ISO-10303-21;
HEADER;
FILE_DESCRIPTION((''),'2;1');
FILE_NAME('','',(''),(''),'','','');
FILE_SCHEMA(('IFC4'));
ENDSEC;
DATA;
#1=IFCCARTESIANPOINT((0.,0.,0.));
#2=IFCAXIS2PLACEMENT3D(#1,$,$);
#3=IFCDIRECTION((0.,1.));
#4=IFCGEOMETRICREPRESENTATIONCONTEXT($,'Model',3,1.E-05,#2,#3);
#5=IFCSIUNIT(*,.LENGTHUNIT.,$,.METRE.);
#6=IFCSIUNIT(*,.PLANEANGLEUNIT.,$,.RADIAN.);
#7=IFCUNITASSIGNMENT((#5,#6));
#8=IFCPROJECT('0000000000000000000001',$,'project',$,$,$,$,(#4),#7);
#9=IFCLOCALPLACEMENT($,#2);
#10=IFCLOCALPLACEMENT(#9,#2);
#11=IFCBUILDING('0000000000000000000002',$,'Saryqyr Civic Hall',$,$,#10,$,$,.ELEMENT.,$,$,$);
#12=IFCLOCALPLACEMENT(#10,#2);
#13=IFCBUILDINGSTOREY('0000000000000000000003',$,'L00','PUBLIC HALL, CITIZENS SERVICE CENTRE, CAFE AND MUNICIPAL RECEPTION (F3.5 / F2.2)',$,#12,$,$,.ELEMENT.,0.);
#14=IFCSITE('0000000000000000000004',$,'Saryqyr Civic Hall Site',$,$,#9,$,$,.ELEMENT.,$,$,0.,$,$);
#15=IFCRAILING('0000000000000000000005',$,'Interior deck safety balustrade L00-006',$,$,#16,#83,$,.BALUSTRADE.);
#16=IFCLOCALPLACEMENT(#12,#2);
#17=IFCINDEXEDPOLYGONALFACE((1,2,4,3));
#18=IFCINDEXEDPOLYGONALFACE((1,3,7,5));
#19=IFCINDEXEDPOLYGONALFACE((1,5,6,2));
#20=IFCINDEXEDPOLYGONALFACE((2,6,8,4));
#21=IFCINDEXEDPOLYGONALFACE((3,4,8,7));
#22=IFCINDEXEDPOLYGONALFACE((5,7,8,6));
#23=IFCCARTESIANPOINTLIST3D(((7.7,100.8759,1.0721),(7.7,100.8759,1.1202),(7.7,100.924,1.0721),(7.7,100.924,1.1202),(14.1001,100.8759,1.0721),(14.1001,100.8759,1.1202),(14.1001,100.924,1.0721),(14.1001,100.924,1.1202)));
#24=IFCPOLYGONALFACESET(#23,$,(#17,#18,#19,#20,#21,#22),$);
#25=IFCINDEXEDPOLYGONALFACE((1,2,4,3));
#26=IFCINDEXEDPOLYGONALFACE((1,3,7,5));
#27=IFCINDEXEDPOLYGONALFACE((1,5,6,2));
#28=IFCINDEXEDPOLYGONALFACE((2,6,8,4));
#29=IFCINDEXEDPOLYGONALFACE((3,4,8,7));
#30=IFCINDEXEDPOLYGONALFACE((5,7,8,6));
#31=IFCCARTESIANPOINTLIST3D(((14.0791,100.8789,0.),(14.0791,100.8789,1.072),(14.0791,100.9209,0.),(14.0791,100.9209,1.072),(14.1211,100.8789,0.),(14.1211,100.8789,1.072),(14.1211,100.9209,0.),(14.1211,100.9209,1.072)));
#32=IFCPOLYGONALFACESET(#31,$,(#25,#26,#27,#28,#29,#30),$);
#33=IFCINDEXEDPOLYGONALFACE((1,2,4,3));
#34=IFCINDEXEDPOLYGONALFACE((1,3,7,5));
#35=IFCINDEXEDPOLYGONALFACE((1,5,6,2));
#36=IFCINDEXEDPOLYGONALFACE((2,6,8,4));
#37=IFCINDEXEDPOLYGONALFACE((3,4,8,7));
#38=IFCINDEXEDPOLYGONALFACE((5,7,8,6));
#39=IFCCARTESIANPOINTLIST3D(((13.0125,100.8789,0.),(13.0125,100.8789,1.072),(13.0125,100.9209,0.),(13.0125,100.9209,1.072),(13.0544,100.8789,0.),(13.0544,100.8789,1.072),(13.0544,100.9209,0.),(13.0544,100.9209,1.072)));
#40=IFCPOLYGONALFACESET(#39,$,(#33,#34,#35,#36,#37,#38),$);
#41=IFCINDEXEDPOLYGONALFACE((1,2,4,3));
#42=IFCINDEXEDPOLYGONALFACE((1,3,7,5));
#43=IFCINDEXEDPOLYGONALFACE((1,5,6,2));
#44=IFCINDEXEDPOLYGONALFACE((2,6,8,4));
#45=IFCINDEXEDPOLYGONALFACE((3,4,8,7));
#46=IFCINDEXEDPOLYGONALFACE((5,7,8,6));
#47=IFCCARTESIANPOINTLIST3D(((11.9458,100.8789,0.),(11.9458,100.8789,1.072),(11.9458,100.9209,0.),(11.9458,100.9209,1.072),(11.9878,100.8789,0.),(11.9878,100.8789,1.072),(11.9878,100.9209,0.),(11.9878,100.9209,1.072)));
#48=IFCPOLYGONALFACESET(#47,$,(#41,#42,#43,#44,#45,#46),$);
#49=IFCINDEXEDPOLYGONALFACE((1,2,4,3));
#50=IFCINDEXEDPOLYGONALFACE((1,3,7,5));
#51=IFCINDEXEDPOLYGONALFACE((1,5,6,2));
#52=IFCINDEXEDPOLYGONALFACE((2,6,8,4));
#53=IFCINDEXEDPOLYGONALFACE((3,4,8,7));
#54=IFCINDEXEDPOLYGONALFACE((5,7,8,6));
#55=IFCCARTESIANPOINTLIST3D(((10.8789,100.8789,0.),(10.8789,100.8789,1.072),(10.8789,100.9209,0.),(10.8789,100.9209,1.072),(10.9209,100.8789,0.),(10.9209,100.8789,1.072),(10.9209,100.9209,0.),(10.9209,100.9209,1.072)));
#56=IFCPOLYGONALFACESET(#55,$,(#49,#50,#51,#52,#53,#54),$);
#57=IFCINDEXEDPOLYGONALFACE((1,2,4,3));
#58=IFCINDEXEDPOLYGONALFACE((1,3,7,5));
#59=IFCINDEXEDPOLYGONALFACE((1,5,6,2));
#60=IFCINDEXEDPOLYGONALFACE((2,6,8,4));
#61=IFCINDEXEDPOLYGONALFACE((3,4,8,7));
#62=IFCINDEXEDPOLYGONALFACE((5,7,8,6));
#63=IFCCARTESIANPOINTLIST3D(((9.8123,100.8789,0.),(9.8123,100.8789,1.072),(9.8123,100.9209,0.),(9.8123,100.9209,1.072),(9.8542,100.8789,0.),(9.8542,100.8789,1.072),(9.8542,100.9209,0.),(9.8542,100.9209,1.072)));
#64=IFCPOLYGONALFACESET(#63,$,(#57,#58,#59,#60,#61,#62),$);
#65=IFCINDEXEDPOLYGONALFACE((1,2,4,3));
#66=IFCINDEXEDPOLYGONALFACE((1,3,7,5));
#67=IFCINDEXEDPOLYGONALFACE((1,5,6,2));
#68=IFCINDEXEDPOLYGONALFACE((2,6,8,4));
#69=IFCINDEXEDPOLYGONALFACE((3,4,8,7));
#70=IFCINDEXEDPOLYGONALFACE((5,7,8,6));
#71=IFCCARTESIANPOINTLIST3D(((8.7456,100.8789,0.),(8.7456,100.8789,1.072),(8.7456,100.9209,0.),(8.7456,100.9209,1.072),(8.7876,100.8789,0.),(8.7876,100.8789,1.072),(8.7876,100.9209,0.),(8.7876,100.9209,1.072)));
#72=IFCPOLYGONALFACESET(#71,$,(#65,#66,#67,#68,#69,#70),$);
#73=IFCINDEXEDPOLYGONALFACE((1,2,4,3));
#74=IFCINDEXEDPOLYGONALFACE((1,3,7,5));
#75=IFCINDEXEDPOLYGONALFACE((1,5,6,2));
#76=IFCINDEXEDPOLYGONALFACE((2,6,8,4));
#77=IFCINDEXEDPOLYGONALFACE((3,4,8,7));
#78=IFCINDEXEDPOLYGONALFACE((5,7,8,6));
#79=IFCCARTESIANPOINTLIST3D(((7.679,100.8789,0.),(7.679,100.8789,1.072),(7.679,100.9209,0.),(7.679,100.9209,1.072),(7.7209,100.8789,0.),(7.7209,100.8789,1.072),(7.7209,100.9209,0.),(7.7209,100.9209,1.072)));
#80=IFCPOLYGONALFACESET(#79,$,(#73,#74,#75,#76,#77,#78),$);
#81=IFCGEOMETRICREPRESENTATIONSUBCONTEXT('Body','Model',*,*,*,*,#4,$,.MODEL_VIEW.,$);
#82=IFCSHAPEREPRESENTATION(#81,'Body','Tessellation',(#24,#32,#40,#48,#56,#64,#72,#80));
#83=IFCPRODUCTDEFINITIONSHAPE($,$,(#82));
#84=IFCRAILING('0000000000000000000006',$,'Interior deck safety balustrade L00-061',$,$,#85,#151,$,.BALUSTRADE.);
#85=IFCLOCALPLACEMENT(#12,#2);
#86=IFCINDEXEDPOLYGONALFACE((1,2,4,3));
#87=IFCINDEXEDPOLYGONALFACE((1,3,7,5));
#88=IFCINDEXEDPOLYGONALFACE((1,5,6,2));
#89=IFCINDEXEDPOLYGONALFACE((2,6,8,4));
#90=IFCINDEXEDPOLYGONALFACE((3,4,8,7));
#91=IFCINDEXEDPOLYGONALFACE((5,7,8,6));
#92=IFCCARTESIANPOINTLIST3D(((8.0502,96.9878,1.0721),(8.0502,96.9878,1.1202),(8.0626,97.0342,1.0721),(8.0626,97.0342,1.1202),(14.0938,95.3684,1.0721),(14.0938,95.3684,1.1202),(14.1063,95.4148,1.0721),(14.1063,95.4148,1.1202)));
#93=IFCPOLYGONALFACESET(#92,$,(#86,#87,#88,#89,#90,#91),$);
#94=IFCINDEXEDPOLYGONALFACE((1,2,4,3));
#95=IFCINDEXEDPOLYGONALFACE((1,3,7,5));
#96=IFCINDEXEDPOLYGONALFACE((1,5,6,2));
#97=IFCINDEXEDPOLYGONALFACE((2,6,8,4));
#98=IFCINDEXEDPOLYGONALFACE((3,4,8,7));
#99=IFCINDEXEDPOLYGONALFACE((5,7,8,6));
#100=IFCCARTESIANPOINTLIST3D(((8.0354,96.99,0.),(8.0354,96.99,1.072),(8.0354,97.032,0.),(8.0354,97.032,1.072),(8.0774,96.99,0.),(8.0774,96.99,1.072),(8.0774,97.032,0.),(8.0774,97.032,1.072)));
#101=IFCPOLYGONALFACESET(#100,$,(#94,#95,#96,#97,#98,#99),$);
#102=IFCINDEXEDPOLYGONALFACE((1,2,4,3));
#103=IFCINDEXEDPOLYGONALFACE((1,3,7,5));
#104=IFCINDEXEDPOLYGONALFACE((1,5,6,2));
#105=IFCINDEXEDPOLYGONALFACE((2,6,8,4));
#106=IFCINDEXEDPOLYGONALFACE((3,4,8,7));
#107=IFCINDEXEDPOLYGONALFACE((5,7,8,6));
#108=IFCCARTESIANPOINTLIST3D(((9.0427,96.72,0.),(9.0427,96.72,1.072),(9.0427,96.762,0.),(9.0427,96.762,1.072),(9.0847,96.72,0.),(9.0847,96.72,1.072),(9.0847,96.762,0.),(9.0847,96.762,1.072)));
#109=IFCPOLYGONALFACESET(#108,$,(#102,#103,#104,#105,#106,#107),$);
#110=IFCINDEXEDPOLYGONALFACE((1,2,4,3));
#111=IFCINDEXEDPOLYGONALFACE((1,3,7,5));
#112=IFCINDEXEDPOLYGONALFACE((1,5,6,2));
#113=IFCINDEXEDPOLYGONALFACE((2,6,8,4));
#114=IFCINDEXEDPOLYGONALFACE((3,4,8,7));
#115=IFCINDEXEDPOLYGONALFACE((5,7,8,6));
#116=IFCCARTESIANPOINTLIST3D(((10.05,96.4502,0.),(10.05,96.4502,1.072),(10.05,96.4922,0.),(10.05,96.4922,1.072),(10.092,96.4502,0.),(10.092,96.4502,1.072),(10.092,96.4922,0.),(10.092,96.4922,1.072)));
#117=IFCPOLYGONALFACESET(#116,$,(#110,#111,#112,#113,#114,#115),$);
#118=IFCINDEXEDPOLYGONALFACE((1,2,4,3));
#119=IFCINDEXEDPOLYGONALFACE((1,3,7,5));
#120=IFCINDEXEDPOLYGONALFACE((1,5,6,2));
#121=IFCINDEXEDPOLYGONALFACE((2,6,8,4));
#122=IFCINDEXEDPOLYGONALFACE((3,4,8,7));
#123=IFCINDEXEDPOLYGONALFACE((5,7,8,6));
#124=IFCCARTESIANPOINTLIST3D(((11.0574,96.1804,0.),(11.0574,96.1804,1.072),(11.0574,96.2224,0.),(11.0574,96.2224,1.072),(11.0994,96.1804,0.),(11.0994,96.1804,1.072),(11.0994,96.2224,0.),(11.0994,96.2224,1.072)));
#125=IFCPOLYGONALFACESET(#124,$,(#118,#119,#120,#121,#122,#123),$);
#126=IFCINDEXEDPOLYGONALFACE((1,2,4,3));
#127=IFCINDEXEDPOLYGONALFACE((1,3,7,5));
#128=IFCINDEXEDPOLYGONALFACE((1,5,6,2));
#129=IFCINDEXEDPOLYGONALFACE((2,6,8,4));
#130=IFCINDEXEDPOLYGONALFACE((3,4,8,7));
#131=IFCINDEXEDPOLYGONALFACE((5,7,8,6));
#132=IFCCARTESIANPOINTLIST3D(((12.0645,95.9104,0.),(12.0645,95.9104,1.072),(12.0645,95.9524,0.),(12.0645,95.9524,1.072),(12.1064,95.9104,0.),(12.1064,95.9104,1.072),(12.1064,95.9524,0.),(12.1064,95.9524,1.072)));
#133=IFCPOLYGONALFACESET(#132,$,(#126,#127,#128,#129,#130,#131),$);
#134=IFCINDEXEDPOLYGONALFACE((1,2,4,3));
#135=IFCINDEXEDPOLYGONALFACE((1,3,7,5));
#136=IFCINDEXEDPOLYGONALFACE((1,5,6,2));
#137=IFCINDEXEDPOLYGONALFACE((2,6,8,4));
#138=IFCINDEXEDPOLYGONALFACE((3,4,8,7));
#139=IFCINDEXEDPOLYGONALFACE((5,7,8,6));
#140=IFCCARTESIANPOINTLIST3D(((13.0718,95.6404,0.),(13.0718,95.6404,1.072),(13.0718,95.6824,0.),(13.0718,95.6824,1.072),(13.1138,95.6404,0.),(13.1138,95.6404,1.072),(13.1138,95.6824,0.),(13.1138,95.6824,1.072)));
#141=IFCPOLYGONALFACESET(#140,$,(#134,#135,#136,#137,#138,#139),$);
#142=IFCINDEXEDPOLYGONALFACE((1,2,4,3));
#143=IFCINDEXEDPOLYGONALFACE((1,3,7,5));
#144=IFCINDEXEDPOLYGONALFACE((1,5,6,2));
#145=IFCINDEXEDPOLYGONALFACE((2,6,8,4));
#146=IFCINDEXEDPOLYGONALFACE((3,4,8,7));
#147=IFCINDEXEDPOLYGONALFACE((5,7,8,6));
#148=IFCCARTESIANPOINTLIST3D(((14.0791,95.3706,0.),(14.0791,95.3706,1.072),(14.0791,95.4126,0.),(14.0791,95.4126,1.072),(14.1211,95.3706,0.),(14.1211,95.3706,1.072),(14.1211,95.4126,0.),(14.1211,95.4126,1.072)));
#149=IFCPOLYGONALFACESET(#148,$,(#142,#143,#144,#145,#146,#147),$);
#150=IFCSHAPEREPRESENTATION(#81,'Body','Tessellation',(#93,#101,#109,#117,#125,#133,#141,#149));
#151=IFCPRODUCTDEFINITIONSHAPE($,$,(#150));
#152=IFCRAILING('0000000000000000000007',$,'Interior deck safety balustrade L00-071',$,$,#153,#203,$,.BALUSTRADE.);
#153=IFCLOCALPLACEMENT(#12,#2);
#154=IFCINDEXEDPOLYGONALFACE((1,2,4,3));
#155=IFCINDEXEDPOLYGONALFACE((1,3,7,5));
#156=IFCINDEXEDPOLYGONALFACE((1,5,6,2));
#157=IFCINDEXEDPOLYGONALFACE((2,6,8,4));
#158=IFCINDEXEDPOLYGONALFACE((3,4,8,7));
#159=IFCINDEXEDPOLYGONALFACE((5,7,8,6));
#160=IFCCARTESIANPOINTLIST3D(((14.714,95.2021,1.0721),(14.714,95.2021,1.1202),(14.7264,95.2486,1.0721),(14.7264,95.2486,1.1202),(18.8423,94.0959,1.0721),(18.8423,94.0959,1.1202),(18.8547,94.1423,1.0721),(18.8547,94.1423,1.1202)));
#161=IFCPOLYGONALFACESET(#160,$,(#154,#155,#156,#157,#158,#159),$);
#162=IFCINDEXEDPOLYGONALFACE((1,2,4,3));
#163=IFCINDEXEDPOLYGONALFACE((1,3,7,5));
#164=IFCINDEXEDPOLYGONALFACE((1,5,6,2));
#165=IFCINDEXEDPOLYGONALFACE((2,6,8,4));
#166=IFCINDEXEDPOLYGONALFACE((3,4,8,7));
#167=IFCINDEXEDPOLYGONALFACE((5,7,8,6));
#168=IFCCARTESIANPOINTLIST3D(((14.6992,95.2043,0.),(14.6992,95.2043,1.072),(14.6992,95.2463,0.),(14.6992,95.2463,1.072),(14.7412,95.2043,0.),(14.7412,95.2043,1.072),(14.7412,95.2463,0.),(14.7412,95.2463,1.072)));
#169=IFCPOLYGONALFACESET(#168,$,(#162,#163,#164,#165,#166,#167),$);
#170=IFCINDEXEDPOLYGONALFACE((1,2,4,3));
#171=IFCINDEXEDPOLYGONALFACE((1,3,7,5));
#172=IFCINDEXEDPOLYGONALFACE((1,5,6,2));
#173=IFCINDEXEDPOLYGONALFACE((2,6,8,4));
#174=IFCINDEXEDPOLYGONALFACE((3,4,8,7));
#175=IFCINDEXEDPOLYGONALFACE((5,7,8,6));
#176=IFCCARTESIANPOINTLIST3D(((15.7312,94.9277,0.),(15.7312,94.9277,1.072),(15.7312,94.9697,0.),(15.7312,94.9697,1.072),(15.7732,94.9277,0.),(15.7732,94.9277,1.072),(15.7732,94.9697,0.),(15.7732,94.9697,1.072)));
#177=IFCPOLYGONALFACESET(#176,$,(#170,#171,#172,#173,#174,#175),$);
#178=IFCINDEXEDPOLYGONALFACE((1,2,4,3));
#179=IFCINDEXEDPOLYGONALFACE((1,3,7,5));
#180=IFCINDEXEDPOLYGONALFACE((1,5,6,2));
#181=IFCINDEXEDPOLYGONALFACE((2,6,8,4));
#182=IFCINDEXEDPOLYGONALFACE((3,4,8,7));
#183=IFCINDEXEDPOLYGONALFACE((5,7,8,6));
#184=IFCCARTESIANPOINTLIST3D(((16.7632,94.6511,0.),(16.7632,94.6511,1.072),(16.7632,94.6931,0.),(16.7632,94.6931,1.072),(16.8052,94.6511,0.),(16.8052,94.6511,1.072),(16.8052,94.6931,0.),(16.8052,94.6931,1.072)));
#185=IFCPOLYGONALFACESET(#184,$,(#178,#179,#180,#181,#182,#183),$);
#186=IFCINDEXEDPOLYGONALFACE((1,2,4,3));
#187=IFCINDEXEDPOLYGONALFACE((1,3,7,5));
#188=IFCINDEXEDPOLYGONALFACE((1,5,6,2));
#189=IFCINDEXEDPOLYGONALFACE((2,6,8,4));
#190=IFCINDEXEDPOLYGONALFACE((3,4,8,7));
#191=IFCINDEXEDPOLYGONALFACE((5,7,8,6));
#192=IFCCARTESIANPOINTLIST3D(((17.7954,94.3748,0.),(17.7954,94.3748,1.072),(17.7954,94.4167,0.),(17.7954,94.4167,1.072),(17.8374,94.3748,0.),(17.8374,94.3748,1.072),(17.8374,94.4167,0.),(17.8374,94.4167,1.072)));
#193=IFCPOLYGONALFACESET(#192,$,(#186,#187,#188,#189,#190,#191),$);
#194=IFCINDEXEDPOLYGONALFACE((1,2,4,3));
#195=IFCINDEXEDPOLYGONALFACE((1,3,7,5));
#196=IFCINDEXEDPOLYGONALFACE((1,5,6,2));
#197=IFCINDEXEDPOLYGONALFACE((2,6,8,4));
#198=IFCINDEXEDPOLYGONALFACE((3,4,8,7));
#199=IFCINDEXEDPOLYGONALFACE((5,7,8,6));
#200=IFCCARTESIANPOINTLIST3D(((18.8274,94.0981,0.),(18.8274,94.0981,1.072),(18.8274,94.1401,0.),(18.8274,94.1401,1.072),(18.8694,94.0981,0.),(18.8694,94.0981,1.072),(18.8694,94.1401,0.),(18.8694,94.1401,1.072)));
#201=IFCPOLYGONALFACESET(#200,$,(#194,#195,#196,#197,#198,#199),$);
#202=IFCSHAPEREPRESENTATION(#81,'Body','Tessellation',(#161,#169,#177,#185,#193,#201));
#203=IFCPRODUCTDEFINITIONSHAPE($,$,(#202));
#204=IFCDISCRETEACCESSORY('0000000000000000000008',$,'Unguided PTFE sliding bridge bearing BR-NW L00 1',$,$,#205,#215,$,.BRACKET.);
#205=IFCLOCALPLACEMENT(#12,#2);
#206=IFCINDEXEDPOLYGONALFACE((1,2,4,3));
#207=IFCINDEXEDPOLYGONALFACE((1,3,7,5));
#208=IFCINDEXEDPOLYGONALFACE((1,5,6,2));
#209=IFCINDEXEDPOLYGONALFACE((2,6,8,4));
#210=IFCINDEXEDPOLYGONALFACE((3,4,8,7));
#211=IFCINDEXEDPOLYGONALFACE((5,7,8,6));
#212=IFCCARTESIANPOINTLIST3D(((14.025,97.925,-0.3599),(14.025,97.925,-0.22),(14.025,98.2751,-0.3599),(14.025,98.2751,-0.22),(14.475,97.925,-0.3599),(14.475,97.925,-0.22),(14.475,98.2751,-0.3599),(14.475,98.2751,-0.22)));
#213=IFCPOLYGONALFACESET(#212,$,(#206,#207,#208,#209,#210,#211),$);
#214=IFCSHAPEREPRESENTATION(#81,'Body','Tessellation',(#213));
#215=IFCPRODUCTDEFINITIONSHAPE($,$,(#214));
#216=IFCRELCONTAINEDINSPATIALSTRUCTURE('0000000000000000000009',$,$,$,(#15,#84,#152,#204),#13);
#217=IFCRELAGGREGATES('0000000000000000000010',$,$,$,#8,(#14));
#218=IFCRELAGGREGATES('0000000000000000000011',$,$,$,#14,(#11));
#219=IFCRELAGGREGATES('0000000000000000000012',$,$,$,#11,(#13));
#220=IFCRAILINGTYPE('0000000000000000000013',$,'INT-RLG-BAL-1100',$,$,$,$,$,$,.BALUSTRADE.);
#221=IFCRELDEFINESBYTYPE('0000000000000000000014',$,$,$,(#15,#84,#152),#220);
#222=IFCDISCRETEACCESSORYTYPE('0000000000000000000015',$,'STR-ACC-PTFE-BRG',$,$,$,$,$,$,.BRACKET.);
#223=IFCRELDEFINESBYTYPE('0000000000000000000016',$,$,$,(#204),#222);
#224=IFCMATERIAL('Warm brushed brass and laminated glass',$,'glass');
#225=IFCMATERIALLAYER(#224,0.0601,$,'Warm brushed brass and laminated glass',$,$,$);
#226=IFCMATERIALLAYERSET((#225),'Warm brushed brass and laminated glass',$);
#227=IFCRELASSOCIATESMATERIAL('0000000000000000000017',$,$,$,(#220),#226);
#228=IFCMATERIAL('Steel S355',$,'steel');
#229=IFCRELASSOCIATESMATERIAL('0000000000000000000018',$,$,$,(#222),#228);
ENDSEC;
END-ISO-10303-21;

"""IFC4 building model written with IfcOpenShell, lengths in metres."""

from ifc_helpers import new_model, si_unit, direction, frame, origin, origin_2d, place, context, subcontext, project, spatial, rectangle, extrude, material, layer, layer_set, type_object, element, save


model = new_model("IFC4")

# Units and contexts
model_context = context("Model", 3, precision=1e-05, world=origin(), true_north=direction((0.0, 1.0)))
body_context = subcontext(model_context, "Body", "Model", "MODEL_VIEW")
ifc_project = project(units=[si_unit("LENGTHUNIT", "METRE"), si_unit("PLANEANGLEUNIT", "RADIAN")], contexts=[model_context])

# Site, building, storey
site_placement = place(None, origin())
site = spatial("IfcSite", under=ifc_project, at=site_placement, Name="Saryqyr Civic Hall Site", CompositionType="ELEMENT", RefElevation=0.0)
building_placement = place(site_placement, origin())
building = spatial("IfcBuilding", under=site, at=building_placement, Name="Saryqyr Civic Hall", CompositionType="ELEMENT")
storey_placement = place(building_placement, origin())
storey = spatial("IfcBuildingStorey", under=building, at=storey_placement, Name="L00", Description="PUBLIC HALL, CITIZENS SERVICE CENTRE, CAFE AND MUNICIPAL RECEPTION (F3.5 / F2.2)", CompositionType="ELEMENT", Elevation=0.0)

# Shared definitions
ifc_material_1 = material(Name="Steel S355", Category="steel")

# Railings
ifc_material_2 = material(Name="Warm brushed brass and laminated glass", Category="glass")
ifc_layer_1 = layer(ifc_material_2, 0.0601, Name="Warm brushed brass and laminated glass")
ifc_layer_set_1 = layer_set([ifc_layer_1], Name="Warm brushed brass and laminated glass")
railing_type = type_object("IfcRailingType", Name="INT-RLG-BAL-1100", PredefinedType="BALUSTRADE", material=ifc_layer_set_1)
railing_1_placement = place(storey_placement, frame((14.1001, 100.8999, 0.0)))
element("IfcRailing", 1, at=railing_1_placement, inside=storey, type_object=railing_type, Name="Interior deck safety balustrade L00-006", PredefinedType="BALUSTRADE", context=body_context, shape_type="SweptSolid", body=[
    extrude(rectangle(XDim=0.0481, YDim=0.0481, at=origin_2d()), frame((0.0, 0.0, 1.0962), z_axis=(-1.0, 0.0, 0.0), x_axis=(0.0, -1.0, 0.0)), (0.0, 0.0, 1.0), 6.4001),
    extrude(rectangle(XDim=0.042, YDim=0.042, at=origin_2d()), origin(), (0.0, 0.0, 1.0), 1.072),
    extrude(rectangle(XDim=0.042, YDim=0.042, at=origin_2d()), frame((-1.0667, 0.0, 0.0)), (0.0, 0.0, 1.0), 1.072),
    extrude(rectangle(XDim=0.042, YDim=0.042, at=origin_2d()), frame((-2.1333, 0.0, 0.0)), (0.0, 0.0, 1.0), 1.072),
    extrude(rectangle(XDim=0.042, YDim=0.042, at=origin_2d()), frame((-3.2002, 0.0, 0.0)), (0.0, 0.0, 1.0), 1.072),
    extrude(rectangle(XDim=0.042, YDim=0.042, at=origin_2d()), frame((-4.2668, 0.0, 0.0)), (0.0, 0.0, 1.0), 1.072),
    extrude(rectangle(XDim=0.042, YDim=0.042, at=origin_2d()), frame((-5.3335, 0.0, 0.0)), (0.0, 0.0, 1.0), 1.072),
    extrude(rectangle(XDim=0.042, YDim=0.042, at=origin_2d()), frame((-6.4001, 0.0, 0.0)), (0.0, 0.0, 1.0), 1.072),
])
railing_2_placement = place(storey_placement, frame((8.0564, 97.011, 0.0)))
element("IfcRailing", 2, at=railing_2_placement, inside=storey, type_object=railing_type, Name="Interior deck safety balustrade L00-061", PredefinedType="BALUSTRADE", context=body_context, shape_type="SweptSolid", body=[
    extrude(rectangle(XDim=0.0481, YDim=0.0481, at=origin_2d()), frame((0.0, 0.0, 1.0962), z_axis=(0.965927, -0.258816, 0.0), x_axis=(0.258816, 0.965927, 0.0)), (0.0, 0.0, 1.0), 6.2568),
    extrude(rectangle(XDim=0.042, YDim=0.042, at=origin_2d()), origin(), (0.0, 0.0, 1.0), 1.072),
    extrude(rectangle(XDim=0.042, YDim=0.042, at=origin_2d()), frame((1.0073, -0.27, 0.0)), (0.0, 0.0, 1.0), 1.072),
    extrude(rectangle(XDim=0.042, YDim=0.042, at=origin_2d()), frame((2.0146, -0.5398, 0.0)), (0.0, 0.0, 1.0), 1.072),
    extrude(rectangle(XDim=0.042, YDim=0.042, at=origin_2d()), frame((3.022, -0.8096, 0.0)), (0.0, 0.0, 1.0), 1.072),
    extrude(rectangle(XDim=0.042, YDim=0.042, at=origin_2d()), frame((4.0291, -1.0796, 0.0)), (0.0, 0.0, 1.0), 1.072),
    extrude(rectangle(XDim=0.042, YDim=0.042, at=origin_2d()), frame((5.0364, -1.3496, 0.0)), (0.0, 0.0, 1.0), 1.072),
    extrude(rectangle(XDim=0.042, YDim=0.042, at=origin_2d()), frame((6.0437, -1.6194, 0.0)), (0.0, 0.0, 1.0), 1.072),
])
railing_3_placement = place(storey_placement, frame((14.7202, 95.2253, 0.0)))
element("IfcRailing", 3, at=railing_3_placement, inside=storey, type_object=railing_type, Name="Interior deck safety balustrade L00-071", PredefinedType="BALUSTRADE", context=body_context, shape_type="SweptSolid", body=[
    extrude(rectangle(XDim=0.0481, YDim=0.0481, at=origin_2d()), frame((0.0, 0.0, 1.0962), z_axis=(0.965922, -0.258832, 0.0), x_axis=(0.258832, 0.965922, 0.0)), (0.0, 0.0, 1.0), 4.2739),
    extrude(rectangle(XDim=0.042, YDim=0.042, at=origin_2d()), origin(), (0.0, 0.0, 1.0), 1.072),
    extrude(rectangle(XDim=0.042, YDim=0.042, at=origin_2d()), frame((1.032, -0.2766, 0.0)), (0.0, 0.0, 1.0), 1.072),
    extrude(rectangle(XDim=0.042, YDim=0.042, at=origin_2d()), frame((2.064, -0.5532, 0.0)), (0.0, 0.0, 1.0), 1.072),
    extrude(rectangle(XDim=0.042, YDim=0.042, at=origin_2d()), frame((3.0962, -0.8296, 0.0)), (0.0, 0.0, 1.0), 1.072),
    extrude(rectangle(XDim=0.042, YDim=0.042, at=origin_2d()), frame((4.1282, -1.1062, 0.0)), (0.0, 0.0, 1.0), 1.072),
])

# Discrete accessory
discrete_accessory_type = type_object("IfcDiscreteAccessoryType", Name="STR-ACC-PTFE-BRG", PredefinedType="BRACKET", material=ifc_material_1)
discrete_accessory_placement = place(storey_placement, frame((14.25, 98.1001, -0.3599), z_axis=(0.0, 0.0, 1.0), x_axis=(1.0, 0.0, 0.0)))
element("IfcDiscreteAccessory", 4, at=discrete_accessory_placement, inside=storey, type_object=discrete_accessory_type, Name="Unguided PTFE sliding bridge bearing BR-NW L00 1", PredefinedType="BRACKET", context=body_context, shape_type="SweptSolid", body=[
    extrude(rectangle(XDim=0.45, YDim=0.3501, at=origin_2d()), origin(), (0.0, 0.0, 1.0), 0.1399),
])

save(model, "model.ifc")
